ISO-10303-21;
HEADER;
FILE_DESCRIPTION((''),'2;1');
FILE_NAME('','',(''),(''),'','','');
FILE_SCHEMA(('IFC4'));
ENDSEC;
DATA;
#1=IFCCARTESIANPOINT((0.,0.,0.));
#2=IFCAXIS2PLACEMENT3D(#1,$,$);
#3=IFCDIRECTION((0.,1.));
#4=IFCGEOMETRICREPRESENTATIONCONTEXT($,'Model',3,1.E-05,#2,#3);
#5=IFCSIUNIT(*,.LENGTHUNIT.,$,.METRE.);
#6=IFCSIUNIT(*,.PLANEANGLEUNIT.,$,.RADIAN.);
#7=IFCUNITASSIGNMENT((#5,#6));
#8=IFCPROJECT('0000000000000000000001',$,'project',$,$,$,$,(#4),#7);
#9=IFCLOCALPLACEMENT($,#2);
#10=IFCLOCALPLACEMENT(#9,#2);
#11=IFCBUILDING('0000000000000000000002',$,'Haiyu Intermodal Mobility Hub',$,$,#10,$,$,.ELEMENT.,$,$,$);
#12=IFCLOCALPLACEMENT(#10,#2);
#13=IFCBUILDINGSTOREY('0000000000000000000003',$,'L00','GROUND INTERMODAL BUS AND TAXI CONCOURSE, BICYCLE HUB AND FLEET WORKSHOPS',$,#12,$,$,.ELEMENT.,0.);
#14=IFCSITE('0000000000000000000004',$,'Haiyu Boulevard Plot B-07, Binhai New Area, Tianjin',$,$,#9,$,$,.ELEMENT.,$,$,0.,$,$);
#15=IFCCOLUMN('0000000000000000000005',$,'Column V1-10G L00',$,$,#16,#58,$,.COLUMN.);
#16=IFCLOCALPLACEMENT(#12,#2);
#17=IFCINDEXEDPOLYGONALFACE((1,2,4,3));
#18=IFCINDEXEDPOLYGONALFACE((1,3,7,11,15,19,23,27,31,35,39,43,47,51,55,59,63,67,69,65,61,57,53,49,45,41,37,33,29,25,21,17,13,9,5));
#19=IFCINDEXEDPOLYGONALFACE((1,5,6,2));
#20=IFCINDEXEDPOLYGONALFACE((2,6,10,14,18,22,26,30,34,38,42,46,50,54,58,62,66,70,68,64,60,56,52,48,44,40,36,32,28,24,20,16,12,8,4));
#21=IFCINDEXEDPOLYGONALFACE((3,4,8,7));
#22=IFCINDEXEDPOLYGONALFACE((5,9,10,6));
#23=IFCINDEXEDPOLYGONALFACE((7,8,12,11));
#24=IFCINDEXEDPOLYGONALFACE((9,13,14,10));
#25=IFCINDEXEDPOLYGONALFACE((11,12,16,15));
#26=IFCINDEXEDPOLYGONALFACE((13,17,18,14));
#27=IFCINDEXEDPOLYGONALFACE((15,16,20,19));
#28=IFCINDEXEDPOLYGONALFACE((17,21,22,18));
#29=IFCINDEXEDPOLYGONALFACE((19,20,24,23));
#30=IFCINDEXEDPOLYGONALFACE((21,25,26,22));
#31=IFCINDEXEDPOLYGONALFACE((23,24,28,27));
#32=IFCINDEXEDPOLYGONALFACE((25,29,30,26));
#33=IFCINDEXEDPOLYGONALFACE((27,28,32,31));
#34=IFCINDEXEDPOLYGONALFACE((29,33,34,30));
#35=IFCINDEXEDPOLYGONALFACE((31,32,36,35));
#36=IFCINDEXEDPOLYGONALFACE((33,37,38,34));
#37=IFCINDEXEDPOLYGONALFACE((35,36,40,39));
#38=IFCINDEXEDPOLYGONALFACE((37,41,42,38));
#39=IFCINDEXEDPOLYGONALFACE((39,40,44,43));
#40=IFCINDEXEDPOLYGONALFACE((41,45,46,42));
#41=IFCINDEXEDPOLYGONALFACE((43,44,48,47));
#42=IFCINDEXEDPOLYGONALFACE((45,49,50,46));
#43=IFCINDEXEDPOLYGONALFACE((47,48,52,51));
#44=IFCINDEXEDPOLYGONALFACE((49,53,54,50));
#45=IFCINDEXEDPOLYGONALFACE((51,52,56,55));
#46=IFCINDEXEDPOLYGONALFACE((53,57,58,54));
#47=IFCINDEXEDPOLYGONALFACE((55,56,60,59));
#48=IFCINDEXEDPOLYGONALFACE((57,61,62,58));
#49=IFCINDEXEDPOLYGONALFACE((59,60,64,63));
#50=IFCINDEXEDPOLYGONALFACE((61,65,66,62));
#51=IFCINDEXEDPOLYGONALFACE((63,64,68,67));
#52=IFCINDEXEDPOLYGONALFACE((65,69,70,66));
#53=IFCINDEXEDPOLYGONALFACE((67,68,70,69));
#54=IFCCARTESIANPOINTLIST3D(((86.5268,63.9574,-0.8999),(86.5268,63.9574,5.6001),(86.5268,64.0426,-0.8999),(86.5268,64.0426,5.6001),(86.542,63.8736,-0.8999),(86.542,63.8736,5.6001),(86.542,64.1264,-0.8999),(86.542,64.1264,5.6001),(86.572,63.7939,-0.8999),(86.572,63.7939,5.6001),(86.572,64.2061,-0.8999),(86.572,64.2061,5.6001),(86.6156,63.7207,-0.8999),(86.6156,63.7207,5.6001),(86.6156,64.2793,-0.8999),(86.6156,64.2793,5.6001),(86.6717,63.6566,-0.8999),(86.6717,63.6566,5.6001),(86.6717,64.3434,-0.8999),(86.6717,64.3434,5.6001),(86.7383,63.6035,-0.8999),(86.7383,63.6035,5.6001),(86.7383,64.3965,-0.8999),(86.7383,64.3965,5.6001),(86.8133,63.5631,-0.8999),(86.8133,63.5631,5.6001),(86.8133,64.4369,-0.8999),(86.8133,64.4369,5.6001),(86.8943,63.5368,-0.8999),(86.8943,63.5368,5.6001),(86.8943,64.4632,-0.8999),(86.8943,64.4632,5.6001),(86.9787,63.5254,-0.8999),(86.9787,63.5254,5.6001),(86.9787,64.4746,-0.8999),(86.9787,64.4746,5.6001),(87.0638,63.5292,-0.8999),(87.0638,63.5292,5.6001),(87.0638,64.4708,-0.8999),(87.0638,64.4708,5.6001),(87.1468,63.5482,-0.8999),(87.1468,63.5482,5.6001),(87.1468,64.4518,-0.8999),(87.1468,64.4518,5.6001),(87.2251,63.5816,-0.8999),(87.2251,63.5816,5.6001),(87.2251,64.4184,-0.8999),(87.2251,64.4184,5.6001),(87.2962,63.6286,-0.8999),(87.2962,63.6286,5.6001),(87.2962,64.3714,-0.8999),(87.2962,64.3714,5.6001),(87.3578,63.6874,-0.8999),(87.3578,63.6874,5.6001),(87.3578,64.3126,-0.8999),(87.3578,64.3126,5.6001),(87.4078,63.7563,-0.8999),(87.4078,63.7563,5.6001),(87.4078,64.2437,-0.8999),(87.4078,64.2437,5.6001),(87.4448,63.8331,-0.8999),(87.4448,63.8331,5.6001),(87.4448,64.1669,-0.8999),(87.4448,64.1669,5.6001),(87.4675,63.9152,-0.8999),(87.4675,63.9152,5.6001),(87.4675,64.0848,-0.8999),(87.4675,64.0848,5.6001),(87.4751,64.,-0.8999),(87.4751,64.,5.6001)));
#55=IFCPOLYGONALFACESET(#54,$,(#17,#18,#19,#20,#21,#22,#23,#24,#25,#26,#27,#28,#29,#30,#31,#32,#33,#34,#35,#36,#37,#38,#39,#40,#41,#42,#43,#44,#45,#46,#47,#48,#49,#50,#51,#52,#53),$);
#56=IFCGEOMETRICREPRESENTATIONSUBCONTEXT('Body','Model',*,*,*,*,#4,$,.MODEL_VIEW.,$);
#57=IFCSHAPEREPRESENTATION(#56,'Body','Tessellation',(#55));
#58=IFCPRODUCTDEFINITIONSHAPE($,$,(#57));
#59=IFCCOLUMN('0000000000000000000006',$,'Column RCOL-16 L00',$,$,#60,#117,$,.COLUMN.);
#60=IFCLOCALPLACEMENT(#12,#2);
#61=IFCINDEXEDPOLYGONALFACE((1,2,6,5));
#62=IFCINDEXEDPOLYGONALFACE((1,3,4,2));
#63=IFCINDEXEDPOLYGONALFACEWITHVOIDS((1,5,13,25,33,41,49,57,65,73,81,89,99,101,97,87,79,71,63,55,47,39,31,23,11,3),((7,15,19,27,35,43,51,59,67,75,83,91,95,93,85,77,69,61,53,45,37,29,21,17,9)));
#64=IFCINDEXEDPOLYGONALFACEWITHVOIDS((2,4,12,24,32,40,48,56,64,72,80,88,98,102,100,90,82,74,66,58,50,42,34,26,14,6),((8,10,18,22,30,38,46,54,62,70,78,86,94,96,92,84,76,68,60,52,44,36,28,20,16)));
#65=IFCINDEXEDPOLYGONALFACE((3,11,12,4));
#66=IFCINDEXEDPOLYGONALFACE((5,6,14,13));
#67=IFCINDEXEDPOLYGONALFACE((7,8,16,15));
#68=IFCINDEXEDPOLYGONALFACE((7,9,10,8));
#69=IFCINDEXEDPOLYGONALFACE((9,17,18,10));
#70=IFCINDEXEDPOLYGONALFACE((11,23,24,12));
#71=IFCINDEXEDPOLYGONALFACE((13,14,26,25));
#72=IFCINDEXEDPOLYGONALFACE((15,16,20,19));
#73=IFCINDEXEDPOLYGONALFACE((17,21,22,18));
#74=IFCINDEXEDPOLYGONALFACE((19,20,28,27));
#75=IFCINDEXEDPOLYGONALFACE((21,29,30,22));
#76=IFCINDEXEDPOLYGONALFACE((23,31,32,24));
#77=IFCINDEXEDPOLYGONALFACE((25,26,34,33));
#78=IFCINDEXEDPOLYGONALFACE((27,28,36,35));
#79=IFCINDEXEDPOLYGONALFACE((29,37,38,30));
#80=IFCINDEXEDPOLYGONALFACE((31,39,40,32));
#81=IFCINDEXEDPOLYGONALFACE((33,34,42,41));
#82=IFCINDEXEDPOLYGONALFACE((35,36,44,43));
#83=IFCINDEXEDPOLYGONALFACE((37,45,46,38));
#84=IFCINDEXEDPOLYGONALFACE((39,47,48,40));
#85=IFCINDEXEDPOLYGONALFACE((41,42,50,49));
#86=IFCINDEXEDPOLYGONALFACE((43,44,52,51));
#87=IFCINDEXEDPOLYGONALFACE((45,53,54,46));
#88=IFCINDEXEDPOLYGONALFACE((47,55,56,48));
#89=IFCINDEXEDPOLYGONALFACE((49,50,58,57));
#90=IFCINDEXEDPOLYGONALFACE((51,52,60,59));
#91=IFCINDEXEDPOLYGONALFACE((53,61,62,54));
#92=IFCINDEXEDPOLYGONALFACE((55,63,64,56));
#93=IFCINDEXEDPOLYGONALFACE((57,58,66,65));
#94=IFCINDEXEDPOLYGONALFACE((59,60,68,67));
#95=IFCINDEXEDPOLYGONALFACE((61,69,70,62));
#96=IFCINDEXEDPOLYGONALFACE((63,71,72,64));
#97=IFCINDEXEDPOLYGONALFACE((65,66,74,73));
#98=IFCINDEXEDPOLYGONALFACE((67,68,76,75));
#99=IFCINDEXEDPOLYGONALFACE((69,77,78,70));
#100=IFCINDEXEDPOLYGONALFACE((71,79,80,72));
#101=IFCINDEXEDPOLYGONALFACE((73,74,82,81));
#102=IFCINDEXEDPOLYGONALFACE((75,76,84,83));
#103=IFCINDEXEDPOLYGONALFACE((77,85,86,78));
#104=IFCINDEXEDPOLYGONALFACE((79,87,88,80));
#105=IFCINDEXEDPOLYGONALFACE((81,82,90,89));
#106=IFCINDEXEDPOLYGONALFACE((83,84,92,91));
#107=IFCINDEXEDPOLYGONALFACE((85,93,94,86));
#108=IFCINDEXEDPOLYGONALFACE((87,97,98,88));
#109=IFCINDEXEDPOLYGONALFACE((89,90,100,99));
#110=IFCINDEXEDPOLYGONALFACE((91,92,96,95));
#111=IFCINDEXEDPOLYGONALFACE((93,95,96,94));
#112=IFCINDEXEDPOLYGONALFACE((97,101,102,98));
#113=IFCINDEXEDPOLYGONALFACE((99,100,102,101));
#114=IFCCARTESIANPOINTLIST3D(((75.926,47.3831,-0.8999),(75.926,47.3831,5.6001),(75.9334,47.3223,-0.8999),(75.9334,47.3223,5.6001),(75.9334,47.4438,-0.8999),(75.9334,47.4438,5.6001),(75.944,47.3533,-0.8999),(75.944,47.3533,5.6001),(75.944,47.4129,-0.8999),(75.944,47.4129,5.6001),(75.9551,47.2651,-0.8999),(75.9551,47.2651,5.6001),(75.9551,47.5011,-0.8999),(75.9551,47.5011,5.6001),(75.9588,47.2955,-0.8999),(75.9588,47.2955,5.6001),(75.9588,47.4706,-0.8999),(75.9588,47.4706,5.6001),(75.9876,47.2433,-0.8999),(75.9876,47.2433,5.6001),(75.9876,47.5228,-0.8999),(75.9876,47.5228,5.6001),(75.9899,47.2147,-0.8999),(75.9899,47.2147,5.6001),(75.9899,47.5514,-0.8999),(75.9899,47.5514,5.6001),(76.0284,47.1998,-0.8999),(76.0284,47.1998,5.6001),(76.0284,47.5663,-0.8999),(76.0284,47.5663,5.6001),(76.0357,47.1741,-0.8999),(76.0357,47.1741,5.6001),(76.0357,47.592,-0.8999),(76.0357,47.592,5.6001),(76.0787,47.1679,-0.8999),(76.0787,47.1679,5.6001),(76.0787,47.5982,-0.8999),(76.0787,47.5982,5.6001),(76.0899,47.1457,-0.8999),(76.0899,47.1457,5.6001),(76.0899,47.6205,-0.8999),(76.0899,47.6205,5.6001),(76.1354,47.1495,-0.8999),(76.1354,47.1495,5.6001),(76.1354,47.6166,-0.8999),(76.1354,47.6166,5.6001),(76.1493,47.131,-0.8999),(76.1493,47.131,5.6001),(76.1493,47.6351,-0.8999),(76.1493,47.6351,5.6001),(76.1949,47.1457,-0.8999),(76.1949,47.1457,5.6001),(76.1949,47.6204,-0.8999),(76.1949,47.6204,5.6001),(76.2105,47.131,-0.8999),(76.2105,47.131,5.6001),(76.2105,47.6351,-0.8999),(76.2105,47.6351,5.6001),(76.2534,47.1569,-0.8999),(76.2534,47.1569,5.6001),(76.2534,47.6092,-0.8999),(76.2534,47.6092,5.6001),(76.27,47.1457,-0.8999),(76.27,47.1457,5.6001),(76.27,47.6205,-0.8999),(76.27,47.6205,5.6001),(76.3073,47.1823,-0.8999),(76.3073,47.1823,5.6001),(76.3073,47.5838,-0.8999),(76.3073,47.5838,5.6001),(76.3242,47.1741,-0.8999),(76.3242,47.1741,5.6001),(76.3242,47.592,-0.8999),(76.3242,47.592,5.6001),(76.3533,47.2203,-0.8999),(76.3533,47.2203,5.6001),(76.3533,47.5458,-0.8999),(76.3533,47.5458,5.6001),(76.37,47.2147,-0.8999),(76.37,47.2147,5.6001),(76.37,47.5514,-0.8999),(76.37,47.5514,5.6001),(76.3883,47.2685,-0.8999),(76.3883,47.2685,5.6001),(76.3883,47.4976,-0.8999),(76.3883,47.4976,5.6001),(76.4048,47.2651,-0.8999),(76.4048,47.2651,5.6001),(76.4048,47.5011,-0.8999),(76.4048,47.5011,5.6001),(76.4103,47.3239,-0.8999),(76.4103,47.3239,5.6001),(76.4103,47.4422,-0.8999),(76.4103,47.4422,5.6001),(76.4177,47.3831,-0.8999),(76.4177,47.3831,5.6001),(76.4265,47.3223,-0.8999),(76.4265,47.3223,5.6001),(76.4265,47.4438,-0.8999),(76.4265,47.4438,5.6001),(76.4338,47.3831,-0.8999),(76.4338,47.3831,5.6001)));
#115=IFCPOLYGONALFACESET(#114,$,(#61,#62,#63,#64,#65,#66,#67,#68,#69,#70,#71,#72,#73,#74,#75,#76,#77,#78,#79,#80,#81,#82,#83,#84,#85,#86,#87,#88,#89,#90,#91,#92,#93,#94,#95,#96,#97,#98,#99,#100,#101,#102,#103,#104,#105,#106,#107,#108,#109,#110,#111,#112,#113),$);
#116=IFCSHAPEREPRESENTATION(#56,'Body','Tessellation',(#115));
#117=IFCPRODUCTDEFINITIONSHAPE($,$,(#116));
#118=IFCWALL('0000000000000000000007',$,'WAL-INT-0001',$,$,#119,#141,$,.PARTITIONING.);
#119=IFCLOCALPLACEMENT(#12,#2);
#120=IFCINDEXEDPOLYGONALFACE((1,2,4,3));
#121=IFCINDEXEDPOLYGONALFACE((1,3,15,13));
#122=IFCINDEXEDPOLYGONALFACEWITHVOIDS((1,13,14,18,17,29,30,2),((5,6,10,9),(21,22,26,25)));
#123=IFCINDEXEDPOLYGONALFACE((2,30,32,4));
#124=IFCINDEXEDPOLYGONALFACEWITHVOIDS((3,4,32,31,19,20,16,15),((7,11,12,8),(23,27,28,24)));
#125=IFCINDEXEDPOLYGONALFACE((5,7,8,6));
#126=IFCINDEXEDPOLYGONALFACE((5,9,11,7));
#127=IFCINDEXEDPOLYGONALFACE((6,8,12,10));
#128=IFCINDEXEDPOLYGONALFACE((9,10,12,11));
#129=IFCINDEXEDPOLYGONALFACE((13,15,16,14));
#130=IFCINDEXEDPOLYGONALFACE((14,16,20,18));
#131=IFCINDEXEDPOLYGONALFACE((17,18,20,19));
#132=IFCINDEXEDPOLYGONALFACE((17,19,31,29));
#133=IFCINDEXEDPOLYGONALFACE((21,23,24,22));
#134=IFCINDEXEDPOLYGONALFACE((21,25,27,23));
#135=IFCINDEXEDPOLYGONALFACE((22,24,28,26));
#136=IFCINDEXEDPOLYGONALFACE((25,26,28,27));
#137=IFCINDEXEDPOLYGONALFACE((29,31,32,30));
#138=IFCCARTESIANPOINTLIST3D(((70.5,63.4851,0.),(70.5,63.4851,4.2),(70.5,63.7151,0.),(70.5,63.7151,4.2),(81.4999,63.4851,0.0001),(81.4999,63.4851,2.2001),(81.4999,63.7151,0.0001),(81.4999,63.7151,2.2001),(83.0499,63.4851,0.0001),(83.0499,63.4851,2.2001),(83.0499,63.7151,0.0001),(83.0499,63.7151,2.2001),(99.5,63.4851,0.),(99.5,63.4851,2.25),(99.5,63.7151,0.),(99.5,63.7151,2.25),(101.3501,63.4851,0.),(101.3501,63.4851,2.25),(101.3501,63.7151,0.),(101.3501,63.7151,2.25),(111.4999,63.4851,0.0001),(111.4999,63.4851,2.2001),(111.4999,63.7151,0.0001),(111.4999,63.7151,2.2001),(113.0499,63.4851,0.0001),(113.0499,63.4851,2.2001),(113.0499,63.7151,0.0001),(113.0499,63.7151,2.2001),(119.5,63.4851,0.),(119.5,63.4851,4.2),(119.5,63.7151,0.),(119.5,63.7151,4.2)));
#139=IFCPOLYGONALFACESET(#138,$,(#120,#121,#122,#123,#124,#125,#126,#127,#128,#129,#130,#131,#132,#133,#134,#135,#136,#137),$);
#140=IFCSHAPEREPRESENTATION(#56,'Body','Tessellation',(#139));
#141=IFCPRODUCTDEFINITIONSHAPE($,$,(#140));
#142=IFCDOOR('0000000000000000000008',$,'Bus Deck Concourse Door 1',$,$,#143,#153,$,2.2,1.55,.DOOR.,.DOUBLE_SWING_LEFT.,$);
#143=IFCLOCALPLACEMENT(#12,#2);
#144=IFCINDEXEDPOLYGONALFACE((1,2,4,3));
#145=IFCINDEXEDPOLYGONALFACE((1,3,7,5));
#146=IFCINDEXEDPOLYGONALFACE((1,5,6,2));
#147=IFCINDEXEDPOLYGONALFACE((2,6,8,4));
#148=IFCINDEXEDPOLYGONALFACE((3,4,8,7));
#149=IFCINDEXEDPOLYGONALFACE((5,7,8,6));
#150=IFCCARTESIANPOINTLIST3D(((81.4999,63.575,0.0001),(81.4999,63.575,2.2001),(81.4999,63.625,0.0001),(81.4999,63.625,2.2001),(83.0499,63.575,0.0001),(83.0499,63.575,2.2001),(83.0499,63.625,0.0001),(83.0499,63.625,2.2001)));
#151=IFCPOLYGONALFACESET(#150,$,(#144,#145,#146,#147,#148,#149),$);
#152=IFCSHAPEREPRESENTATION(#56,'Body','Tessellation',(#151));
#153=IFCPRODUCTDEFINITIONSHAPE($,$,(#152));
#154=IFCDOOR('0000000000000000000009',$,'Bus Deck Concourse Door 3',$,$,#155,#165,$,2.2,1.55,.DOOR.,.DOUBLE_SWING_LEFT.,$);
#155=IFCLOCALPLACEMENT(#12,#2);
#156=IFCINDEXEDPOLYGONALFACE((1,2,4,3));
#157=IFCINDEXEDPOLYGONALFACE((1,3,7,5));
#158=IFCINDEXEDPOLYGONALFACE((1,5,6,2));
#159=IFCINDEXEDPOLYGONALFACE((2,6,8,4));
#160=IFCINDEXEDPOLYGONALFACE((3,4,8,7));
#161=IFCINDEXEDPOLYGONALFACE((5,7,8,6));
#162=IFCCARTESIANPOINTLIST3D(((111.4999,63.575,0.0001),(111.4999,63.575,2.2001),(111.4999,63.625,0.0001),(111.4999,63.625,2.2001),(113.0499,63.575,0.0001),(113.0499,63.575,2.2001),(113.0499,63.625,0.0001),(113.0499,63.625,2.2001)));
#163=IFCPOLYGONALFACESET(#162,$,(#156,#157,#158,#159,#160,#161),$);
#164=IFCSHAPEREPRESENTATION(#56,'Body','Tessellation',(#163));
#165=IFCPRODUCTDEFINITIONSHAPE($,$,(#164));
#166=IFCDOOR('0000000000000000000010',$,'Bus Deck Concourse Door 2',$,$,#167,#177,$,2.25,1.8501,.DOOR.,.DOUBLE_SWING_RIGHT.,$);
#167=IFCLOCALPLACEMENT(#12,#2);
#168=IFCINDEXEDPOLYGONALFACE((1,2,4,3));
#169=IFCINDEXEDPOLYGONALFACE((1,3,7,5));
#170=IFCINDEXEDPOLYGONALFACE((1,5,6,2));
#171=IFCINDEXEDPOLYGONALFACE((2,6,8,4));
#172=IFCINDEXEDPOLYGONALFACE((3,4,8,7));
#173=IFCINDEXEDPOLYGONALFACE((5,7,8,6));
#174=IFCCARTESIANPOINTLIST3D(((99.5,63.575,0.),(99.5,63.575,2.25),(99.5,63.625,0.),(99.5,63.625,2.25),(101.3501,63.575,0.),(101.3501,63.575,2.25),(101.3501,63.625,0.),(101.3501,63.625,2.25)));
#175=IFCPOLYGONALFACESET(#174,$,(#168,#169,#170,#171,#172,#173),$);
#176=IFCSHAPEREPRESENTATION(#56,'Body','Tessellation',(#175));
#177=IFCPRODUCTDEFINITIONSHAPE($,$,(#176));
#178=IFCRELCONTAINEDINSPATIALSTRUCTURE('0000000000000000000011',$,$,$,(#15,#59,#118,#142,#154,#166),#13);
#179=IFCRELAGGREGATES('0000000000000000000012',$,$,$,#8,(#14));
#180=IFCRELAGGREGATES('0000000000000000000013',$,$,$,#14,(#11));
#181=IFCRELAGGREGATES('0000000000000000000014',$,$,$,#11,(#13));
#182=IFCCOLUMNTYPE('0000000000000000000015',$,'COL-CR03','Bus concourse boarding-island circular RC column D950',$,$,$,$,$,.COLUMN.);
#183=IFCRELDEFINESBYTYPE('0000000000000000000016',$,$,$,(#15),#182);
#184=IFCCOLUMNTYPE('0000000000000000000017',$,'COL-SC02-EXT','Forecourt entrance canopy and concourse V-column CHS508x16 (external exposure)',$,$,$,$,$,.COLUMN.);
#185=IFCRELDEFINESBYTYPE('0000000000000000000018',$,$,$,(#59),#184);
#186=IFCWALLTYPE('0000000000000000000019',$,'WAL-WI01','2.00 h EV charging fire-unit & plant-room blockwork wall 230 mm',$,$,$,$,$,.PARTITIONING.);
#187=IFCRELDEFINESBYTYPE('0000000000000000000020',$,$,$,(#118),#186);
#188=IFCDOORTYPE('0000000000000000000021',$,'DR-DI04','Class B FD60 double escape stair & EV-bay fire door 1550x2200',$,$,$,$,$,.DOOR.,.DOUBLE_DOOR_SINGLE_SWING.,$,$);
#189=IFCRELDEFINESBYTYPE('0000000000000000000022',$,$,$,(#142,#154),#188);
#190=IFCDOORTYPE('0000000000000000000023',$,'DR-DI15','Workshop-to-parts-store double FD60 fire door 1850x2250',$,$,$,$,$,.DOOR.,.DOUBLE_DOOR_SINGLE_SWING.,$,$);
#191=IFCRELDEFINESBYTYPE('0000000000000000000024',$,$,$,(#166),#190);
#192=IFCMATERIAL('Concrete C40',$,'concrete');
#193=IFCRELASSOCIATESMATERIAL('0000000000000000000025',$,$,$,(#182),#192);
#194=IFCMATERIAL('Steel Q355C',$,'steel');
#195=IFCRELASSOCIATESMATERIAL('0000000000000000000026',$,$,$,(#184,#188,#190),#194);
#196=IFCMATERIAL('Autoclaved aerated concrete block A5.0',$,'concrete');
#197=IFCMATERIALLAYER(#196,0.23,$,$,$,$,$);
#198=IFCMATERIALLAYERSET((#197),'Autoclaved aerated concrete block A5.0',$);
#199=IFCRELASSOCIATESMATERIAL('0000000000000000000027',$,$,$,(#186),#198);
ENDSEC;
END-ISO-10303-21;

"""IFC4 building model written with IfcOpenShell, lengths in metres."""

from ifc_helpers import new_model, si_unit, direction, frame, frame_2d, origin, origin_2d, place, context, subcontext, project, spatial, rectangle, circle, hollow_circle, extrude, material, layer, layer_set, material_profile, profile_set, type_object, element, fill, save


model = new_model("IFC4")

# Units and contexts
model_context = context("Model", 3, precision=1e-05, world=origin(), true_north=direction((0.0, 1.0)))
body_context = subcontext(model_context, "Body", "Model", "MODEL_VIEW")
ifc_project = project(units=[si_unit("LENGTHUNIT", "METRE"), si_unit("PLANEANGLEUNIT", "RADIAN")], contexts=[model_context])

# Site, building, storey
site_placement = place(None, origin())
site = spatial("IfcSite", under=ifc_project, at=site_placement, Name="Haiyu Boulevard Plot B-07, Binhai New Area, Tianjin", CompositionType="ELEMENT", RefElevation=0.0)
building_placement = place(site_placement, origin())
building = spatial("IfcBuilding", under=site, at=building_placement, Name="Haiyu Intermodal Mobility Hub", CompositionType="ELEMENT")
storey_placement = place(building_placement, origin())
storey = spatial("IfcBuildingStorey", under=building, at=storey_placement, Name="L00", Description="GROUND INTERMODAL BUS AND TAXI CONCOURSE, BICYCLE HUB AND FLEET WORKSHOPS", CompositionType="ELEMENT", Elevation=0.0)

# Shared definitions
ifc_material_1 = material(Name="Concrete C40", Category="concrete")

# Columns
ifc_material_profile_1 = material_profile(ifc_material_1, circle(Radius=0.4751, at=origin_2d()), Name="RCCOL-D950")
ifc_profile_set_1 = profile_set([ifc_material_profile_1], Name="Concrete C40")
column_type_1 = type_object("IfcColumnType", Name="COL-CR03", Description="Bus concourse boarding-island circular RC column D950", PredefinedType="COLUMN", material=ifc_profile_set_1)
for number, where, z_axis, x_axis, name in (
    (1, (87.0, 64.0, -0.8999), (0.0, 0.0, 1.0), (1.0, 0.0, 0.0), "Column V1-10G L00"),
):
    element("IfcColumn", number, at=place(storey_placement, frame(where, z_axis=z_axis, x_axis=x_axis)), inside=storey, type_object=column_type_1, Name=name, PredefinedType="COLUMN", context=body_context, shape_type="SweptSolid", body=[
        extrude(circle(Radius=0.4751, at=origin_2d()), origin(), (0.0, 0.0, 1.0), 6.5),
    ])
ifc_material_2 = material(Name="Steel Q355C", Category="steel")
ifc_material_profile_2 = material_profile(ifc_material_2, hollow_circle(Radius=0.2539, WallThickness=0.0161, at=origin_2d()), Name="CHS508x16")
ifc_profile_set_2 = profile_set([ifc_material_profile_2], Name="Steel Q355C")
column_type_2 = type_object("IfcColumnType", Name="COL-SC02-EXT", Description="Forecourt entrance canopy and concourse V-column CHS508x16 (external exposure)", PredefinedType="COLUMN", material=ifc_profile_set_2)
column_placement = place(storey_placement, frame((76.1799, 47.3831, -0.8999), z_axis=(0.0, 0.0, 1.0), x_axis=(1.0, 0.0, 0.0)))
element("IfcColumn", 2, at=column_placement, inside=storey, type_object=column_type_2, Name="Column RCOL-16 L00", PredefinedType="COLUMN", context=body_context, shape_type="SweptSolid", body=[
    extrude(hollow_circle(Radius=0.2539, WallThickness=0.0161, at=origin_2d()), origin(), (0.0, 0.0, 1.0), 6.5),
])

# Wall, openings, doors
ifc_material_3 = material(Name="Autoclaved aerated concrete block A5.0", Category="concrete")
ifc_layer_1 = layer(ifc_material_3, 0.23)
ifc_layer_set_1 = layer_set([ifc_layer_1], Name="Autoclaved aerated concrete block A5.0")
wall_type = type_object("IfcWallType", Name="WAL-WI01", Description="2.00 h EV charging fire-unit & plant-room blockwork wall 230 mm", PredefinedType="PARTITIONING", material=ifc_layer_set_1)
wall_placement = place(storey_placement, frame((70.5, 63.6001, 0.0), z_axis=(0.0, 0.0, 1.0), x_axis=(1.0, 0.0, 0.0)))
wall = element("IfcWall", 3, at=wall_placement, inside=storey, type_object=wall_type, Name="WAL-INT-0001", PredefinedType="PARTITIONING", context=body_context, shape_type="SweptSolid", body=[
    extrude(rectangle(XDim=49.0, YDim=0.23, at=frame_2d((24.5, 0.0))), origin(), (0.0, 0.0, 1.0), 4.2),
])
opening_1_placement = place(wall_placement, frame((11.0, 0.0, 0.0)))
opening_1 = element("IfcOpeningElement", 4, at=opening_1_placement, cuts=wall, PredefinedType="OPENING", context=body_context, shape_type="SweptSolid", body=[
    extrude(rectangle(XDim=1.55, YDim=2.2, at=frame_2d((0.7749, 1.1001))), frame((0.0, 0.125, 0.0), z_axis=(0.0, -1.0, 0.0), x_axis=(1.0, 0.0, 0.0)), (0.0, 0.0, 1.0), 0.25),
])
opening_2_placement = place(wall_placement, frame((29.0, 0.0, 0.0)))
opening_2 = element("IfcOpeningElement", 5, at=opening_2_placement, cuts=wall, PredefinedType="OPENING", context=body_context, shape_type="SweptSolid", body=[
    extrude(rectangle(XDim=1.8501, YDim=2.25, at=frame_2d((0.925, 1.125))), frame((0.0, 0.125, 0.0), z_axis=(0.0, -1.0, 0.0), x_axis=(1.0, 0.0, 0.0)), (0.0, 0.0, 1.0), 0.25),
])
opening_3_placement = place(wall_placement, frame((41.0, 0.0, 0.0)))
opening_3 = element("IfcOpeningElement", 6, at=opening_3_placement, cuts=wall, PredefinedType="OPENING", context=body_context, shape_type="SweptSolid", body=[
    extrude(rectangle(XDim=1.55, YDim=2.2, at=frame_2d((0.7749, 1.1001))), frame((0.0, 0.125, 0.0), z_axis=(0.0, -1.0, 0.0), x_axis=(1.0, 0.0, 0.0)), (0.0, 0.0, 1.0), 0.25),
])
door_type_1 = type_object("IfcDoorType", Name="DR-DI04", Description="Class B FD60 double escape stair & EV-bay fire door 1550x2200", OperationType="DOUBLE_DOOR_SINGLE_SWING", PredefinedType="DOOR", material=ifc_material_2)
door_1_placement = place(opening_1_placement, origin())
door_1 = element("IfcDoor", 7, at=door_1_placement, inside=storey, type_object=door_type_1, Name="Bus Deck Concourse Door 1", OperationType="DOUBLE_SWING_LEFT", OverallHeight=2.2, OverallWidth=1.55, PredefinedType="DOOR", context=body_context, shape_type="SweptSolid", body=[
    extrude(rectangle(XDim=1.55, YDim=2.2, at=frame_2d((0.7749, 1.1001))), frame((0.0, 0.0249, 0.0), z_axis=(0.0, -1.0, 0.0), x_axis=(1.0, 0.0, 0.0)), (0.0, 0.0, 1.0), 0.05),
])
fill(opening_1, door_1)
door_2_placement = place(opening_3_placement, origin())
door_2 = element("IfcDoor", 8, at=door_2_placement, inside=storey, type_object=door_type_1, Name="Bus Deck Concourse Door 3", OperationType="DOUBLE_SWING_LEFT", OverallHeight=2.2, OverallWidth=1.55, PredefinedType="DOOR", context=body_context, shape_type="SweptSolid", body=[
    extrude(rectangle(XDim=1.55, YDim=2.2, at=frame_2d((0.7749, 1.1001))), frame((0.0, 0.0249, 0.0), z_axis=(0.0, -1.0, 0.0), x_axis=(1.0, 0.0, 0.0)), (0.0, 0.0, 1.0), 0.05),
])
fill(opening_3, door_2)
door_type_2 = type_object("IfcDoorType", Name="DR-DI15", Description="Workshop-to-parts-store double FD60 fire door 1850x2250", OperationType="DOUBLE_DOOR_SINGLE_SWING", PredefinedType="DOOR", material=ifc_material_2)
door_3_placement = place(opening_2_placement, origin())
door_3 = element("IfcDoor", 9, at=door_3_placement, inside=storey, type_object=door_type_2, Name="Bus Deck Concourse Door 2", OperationType="DOUBLE_SWING_RIGHT", OverallHeight=2.25, OverallWidth=1.8501, PredefinedType="DOOR", context=body_context, shape_type="SweptSolid", body=[
    extrude(rectangle(XDim=1.8501, YDim=2.25, at=frame_2d((0.925, 1.125))), frame((0.0, 0.0249, 0.0), z_axis=(0.0, -1.0, 0.0), x_axis=(1.0, 0.0, 0.0)), (0.0, 0.0, 1.0), 0.05),
])
fill(opening_2, door_3)

save(model, "model.ifc")
